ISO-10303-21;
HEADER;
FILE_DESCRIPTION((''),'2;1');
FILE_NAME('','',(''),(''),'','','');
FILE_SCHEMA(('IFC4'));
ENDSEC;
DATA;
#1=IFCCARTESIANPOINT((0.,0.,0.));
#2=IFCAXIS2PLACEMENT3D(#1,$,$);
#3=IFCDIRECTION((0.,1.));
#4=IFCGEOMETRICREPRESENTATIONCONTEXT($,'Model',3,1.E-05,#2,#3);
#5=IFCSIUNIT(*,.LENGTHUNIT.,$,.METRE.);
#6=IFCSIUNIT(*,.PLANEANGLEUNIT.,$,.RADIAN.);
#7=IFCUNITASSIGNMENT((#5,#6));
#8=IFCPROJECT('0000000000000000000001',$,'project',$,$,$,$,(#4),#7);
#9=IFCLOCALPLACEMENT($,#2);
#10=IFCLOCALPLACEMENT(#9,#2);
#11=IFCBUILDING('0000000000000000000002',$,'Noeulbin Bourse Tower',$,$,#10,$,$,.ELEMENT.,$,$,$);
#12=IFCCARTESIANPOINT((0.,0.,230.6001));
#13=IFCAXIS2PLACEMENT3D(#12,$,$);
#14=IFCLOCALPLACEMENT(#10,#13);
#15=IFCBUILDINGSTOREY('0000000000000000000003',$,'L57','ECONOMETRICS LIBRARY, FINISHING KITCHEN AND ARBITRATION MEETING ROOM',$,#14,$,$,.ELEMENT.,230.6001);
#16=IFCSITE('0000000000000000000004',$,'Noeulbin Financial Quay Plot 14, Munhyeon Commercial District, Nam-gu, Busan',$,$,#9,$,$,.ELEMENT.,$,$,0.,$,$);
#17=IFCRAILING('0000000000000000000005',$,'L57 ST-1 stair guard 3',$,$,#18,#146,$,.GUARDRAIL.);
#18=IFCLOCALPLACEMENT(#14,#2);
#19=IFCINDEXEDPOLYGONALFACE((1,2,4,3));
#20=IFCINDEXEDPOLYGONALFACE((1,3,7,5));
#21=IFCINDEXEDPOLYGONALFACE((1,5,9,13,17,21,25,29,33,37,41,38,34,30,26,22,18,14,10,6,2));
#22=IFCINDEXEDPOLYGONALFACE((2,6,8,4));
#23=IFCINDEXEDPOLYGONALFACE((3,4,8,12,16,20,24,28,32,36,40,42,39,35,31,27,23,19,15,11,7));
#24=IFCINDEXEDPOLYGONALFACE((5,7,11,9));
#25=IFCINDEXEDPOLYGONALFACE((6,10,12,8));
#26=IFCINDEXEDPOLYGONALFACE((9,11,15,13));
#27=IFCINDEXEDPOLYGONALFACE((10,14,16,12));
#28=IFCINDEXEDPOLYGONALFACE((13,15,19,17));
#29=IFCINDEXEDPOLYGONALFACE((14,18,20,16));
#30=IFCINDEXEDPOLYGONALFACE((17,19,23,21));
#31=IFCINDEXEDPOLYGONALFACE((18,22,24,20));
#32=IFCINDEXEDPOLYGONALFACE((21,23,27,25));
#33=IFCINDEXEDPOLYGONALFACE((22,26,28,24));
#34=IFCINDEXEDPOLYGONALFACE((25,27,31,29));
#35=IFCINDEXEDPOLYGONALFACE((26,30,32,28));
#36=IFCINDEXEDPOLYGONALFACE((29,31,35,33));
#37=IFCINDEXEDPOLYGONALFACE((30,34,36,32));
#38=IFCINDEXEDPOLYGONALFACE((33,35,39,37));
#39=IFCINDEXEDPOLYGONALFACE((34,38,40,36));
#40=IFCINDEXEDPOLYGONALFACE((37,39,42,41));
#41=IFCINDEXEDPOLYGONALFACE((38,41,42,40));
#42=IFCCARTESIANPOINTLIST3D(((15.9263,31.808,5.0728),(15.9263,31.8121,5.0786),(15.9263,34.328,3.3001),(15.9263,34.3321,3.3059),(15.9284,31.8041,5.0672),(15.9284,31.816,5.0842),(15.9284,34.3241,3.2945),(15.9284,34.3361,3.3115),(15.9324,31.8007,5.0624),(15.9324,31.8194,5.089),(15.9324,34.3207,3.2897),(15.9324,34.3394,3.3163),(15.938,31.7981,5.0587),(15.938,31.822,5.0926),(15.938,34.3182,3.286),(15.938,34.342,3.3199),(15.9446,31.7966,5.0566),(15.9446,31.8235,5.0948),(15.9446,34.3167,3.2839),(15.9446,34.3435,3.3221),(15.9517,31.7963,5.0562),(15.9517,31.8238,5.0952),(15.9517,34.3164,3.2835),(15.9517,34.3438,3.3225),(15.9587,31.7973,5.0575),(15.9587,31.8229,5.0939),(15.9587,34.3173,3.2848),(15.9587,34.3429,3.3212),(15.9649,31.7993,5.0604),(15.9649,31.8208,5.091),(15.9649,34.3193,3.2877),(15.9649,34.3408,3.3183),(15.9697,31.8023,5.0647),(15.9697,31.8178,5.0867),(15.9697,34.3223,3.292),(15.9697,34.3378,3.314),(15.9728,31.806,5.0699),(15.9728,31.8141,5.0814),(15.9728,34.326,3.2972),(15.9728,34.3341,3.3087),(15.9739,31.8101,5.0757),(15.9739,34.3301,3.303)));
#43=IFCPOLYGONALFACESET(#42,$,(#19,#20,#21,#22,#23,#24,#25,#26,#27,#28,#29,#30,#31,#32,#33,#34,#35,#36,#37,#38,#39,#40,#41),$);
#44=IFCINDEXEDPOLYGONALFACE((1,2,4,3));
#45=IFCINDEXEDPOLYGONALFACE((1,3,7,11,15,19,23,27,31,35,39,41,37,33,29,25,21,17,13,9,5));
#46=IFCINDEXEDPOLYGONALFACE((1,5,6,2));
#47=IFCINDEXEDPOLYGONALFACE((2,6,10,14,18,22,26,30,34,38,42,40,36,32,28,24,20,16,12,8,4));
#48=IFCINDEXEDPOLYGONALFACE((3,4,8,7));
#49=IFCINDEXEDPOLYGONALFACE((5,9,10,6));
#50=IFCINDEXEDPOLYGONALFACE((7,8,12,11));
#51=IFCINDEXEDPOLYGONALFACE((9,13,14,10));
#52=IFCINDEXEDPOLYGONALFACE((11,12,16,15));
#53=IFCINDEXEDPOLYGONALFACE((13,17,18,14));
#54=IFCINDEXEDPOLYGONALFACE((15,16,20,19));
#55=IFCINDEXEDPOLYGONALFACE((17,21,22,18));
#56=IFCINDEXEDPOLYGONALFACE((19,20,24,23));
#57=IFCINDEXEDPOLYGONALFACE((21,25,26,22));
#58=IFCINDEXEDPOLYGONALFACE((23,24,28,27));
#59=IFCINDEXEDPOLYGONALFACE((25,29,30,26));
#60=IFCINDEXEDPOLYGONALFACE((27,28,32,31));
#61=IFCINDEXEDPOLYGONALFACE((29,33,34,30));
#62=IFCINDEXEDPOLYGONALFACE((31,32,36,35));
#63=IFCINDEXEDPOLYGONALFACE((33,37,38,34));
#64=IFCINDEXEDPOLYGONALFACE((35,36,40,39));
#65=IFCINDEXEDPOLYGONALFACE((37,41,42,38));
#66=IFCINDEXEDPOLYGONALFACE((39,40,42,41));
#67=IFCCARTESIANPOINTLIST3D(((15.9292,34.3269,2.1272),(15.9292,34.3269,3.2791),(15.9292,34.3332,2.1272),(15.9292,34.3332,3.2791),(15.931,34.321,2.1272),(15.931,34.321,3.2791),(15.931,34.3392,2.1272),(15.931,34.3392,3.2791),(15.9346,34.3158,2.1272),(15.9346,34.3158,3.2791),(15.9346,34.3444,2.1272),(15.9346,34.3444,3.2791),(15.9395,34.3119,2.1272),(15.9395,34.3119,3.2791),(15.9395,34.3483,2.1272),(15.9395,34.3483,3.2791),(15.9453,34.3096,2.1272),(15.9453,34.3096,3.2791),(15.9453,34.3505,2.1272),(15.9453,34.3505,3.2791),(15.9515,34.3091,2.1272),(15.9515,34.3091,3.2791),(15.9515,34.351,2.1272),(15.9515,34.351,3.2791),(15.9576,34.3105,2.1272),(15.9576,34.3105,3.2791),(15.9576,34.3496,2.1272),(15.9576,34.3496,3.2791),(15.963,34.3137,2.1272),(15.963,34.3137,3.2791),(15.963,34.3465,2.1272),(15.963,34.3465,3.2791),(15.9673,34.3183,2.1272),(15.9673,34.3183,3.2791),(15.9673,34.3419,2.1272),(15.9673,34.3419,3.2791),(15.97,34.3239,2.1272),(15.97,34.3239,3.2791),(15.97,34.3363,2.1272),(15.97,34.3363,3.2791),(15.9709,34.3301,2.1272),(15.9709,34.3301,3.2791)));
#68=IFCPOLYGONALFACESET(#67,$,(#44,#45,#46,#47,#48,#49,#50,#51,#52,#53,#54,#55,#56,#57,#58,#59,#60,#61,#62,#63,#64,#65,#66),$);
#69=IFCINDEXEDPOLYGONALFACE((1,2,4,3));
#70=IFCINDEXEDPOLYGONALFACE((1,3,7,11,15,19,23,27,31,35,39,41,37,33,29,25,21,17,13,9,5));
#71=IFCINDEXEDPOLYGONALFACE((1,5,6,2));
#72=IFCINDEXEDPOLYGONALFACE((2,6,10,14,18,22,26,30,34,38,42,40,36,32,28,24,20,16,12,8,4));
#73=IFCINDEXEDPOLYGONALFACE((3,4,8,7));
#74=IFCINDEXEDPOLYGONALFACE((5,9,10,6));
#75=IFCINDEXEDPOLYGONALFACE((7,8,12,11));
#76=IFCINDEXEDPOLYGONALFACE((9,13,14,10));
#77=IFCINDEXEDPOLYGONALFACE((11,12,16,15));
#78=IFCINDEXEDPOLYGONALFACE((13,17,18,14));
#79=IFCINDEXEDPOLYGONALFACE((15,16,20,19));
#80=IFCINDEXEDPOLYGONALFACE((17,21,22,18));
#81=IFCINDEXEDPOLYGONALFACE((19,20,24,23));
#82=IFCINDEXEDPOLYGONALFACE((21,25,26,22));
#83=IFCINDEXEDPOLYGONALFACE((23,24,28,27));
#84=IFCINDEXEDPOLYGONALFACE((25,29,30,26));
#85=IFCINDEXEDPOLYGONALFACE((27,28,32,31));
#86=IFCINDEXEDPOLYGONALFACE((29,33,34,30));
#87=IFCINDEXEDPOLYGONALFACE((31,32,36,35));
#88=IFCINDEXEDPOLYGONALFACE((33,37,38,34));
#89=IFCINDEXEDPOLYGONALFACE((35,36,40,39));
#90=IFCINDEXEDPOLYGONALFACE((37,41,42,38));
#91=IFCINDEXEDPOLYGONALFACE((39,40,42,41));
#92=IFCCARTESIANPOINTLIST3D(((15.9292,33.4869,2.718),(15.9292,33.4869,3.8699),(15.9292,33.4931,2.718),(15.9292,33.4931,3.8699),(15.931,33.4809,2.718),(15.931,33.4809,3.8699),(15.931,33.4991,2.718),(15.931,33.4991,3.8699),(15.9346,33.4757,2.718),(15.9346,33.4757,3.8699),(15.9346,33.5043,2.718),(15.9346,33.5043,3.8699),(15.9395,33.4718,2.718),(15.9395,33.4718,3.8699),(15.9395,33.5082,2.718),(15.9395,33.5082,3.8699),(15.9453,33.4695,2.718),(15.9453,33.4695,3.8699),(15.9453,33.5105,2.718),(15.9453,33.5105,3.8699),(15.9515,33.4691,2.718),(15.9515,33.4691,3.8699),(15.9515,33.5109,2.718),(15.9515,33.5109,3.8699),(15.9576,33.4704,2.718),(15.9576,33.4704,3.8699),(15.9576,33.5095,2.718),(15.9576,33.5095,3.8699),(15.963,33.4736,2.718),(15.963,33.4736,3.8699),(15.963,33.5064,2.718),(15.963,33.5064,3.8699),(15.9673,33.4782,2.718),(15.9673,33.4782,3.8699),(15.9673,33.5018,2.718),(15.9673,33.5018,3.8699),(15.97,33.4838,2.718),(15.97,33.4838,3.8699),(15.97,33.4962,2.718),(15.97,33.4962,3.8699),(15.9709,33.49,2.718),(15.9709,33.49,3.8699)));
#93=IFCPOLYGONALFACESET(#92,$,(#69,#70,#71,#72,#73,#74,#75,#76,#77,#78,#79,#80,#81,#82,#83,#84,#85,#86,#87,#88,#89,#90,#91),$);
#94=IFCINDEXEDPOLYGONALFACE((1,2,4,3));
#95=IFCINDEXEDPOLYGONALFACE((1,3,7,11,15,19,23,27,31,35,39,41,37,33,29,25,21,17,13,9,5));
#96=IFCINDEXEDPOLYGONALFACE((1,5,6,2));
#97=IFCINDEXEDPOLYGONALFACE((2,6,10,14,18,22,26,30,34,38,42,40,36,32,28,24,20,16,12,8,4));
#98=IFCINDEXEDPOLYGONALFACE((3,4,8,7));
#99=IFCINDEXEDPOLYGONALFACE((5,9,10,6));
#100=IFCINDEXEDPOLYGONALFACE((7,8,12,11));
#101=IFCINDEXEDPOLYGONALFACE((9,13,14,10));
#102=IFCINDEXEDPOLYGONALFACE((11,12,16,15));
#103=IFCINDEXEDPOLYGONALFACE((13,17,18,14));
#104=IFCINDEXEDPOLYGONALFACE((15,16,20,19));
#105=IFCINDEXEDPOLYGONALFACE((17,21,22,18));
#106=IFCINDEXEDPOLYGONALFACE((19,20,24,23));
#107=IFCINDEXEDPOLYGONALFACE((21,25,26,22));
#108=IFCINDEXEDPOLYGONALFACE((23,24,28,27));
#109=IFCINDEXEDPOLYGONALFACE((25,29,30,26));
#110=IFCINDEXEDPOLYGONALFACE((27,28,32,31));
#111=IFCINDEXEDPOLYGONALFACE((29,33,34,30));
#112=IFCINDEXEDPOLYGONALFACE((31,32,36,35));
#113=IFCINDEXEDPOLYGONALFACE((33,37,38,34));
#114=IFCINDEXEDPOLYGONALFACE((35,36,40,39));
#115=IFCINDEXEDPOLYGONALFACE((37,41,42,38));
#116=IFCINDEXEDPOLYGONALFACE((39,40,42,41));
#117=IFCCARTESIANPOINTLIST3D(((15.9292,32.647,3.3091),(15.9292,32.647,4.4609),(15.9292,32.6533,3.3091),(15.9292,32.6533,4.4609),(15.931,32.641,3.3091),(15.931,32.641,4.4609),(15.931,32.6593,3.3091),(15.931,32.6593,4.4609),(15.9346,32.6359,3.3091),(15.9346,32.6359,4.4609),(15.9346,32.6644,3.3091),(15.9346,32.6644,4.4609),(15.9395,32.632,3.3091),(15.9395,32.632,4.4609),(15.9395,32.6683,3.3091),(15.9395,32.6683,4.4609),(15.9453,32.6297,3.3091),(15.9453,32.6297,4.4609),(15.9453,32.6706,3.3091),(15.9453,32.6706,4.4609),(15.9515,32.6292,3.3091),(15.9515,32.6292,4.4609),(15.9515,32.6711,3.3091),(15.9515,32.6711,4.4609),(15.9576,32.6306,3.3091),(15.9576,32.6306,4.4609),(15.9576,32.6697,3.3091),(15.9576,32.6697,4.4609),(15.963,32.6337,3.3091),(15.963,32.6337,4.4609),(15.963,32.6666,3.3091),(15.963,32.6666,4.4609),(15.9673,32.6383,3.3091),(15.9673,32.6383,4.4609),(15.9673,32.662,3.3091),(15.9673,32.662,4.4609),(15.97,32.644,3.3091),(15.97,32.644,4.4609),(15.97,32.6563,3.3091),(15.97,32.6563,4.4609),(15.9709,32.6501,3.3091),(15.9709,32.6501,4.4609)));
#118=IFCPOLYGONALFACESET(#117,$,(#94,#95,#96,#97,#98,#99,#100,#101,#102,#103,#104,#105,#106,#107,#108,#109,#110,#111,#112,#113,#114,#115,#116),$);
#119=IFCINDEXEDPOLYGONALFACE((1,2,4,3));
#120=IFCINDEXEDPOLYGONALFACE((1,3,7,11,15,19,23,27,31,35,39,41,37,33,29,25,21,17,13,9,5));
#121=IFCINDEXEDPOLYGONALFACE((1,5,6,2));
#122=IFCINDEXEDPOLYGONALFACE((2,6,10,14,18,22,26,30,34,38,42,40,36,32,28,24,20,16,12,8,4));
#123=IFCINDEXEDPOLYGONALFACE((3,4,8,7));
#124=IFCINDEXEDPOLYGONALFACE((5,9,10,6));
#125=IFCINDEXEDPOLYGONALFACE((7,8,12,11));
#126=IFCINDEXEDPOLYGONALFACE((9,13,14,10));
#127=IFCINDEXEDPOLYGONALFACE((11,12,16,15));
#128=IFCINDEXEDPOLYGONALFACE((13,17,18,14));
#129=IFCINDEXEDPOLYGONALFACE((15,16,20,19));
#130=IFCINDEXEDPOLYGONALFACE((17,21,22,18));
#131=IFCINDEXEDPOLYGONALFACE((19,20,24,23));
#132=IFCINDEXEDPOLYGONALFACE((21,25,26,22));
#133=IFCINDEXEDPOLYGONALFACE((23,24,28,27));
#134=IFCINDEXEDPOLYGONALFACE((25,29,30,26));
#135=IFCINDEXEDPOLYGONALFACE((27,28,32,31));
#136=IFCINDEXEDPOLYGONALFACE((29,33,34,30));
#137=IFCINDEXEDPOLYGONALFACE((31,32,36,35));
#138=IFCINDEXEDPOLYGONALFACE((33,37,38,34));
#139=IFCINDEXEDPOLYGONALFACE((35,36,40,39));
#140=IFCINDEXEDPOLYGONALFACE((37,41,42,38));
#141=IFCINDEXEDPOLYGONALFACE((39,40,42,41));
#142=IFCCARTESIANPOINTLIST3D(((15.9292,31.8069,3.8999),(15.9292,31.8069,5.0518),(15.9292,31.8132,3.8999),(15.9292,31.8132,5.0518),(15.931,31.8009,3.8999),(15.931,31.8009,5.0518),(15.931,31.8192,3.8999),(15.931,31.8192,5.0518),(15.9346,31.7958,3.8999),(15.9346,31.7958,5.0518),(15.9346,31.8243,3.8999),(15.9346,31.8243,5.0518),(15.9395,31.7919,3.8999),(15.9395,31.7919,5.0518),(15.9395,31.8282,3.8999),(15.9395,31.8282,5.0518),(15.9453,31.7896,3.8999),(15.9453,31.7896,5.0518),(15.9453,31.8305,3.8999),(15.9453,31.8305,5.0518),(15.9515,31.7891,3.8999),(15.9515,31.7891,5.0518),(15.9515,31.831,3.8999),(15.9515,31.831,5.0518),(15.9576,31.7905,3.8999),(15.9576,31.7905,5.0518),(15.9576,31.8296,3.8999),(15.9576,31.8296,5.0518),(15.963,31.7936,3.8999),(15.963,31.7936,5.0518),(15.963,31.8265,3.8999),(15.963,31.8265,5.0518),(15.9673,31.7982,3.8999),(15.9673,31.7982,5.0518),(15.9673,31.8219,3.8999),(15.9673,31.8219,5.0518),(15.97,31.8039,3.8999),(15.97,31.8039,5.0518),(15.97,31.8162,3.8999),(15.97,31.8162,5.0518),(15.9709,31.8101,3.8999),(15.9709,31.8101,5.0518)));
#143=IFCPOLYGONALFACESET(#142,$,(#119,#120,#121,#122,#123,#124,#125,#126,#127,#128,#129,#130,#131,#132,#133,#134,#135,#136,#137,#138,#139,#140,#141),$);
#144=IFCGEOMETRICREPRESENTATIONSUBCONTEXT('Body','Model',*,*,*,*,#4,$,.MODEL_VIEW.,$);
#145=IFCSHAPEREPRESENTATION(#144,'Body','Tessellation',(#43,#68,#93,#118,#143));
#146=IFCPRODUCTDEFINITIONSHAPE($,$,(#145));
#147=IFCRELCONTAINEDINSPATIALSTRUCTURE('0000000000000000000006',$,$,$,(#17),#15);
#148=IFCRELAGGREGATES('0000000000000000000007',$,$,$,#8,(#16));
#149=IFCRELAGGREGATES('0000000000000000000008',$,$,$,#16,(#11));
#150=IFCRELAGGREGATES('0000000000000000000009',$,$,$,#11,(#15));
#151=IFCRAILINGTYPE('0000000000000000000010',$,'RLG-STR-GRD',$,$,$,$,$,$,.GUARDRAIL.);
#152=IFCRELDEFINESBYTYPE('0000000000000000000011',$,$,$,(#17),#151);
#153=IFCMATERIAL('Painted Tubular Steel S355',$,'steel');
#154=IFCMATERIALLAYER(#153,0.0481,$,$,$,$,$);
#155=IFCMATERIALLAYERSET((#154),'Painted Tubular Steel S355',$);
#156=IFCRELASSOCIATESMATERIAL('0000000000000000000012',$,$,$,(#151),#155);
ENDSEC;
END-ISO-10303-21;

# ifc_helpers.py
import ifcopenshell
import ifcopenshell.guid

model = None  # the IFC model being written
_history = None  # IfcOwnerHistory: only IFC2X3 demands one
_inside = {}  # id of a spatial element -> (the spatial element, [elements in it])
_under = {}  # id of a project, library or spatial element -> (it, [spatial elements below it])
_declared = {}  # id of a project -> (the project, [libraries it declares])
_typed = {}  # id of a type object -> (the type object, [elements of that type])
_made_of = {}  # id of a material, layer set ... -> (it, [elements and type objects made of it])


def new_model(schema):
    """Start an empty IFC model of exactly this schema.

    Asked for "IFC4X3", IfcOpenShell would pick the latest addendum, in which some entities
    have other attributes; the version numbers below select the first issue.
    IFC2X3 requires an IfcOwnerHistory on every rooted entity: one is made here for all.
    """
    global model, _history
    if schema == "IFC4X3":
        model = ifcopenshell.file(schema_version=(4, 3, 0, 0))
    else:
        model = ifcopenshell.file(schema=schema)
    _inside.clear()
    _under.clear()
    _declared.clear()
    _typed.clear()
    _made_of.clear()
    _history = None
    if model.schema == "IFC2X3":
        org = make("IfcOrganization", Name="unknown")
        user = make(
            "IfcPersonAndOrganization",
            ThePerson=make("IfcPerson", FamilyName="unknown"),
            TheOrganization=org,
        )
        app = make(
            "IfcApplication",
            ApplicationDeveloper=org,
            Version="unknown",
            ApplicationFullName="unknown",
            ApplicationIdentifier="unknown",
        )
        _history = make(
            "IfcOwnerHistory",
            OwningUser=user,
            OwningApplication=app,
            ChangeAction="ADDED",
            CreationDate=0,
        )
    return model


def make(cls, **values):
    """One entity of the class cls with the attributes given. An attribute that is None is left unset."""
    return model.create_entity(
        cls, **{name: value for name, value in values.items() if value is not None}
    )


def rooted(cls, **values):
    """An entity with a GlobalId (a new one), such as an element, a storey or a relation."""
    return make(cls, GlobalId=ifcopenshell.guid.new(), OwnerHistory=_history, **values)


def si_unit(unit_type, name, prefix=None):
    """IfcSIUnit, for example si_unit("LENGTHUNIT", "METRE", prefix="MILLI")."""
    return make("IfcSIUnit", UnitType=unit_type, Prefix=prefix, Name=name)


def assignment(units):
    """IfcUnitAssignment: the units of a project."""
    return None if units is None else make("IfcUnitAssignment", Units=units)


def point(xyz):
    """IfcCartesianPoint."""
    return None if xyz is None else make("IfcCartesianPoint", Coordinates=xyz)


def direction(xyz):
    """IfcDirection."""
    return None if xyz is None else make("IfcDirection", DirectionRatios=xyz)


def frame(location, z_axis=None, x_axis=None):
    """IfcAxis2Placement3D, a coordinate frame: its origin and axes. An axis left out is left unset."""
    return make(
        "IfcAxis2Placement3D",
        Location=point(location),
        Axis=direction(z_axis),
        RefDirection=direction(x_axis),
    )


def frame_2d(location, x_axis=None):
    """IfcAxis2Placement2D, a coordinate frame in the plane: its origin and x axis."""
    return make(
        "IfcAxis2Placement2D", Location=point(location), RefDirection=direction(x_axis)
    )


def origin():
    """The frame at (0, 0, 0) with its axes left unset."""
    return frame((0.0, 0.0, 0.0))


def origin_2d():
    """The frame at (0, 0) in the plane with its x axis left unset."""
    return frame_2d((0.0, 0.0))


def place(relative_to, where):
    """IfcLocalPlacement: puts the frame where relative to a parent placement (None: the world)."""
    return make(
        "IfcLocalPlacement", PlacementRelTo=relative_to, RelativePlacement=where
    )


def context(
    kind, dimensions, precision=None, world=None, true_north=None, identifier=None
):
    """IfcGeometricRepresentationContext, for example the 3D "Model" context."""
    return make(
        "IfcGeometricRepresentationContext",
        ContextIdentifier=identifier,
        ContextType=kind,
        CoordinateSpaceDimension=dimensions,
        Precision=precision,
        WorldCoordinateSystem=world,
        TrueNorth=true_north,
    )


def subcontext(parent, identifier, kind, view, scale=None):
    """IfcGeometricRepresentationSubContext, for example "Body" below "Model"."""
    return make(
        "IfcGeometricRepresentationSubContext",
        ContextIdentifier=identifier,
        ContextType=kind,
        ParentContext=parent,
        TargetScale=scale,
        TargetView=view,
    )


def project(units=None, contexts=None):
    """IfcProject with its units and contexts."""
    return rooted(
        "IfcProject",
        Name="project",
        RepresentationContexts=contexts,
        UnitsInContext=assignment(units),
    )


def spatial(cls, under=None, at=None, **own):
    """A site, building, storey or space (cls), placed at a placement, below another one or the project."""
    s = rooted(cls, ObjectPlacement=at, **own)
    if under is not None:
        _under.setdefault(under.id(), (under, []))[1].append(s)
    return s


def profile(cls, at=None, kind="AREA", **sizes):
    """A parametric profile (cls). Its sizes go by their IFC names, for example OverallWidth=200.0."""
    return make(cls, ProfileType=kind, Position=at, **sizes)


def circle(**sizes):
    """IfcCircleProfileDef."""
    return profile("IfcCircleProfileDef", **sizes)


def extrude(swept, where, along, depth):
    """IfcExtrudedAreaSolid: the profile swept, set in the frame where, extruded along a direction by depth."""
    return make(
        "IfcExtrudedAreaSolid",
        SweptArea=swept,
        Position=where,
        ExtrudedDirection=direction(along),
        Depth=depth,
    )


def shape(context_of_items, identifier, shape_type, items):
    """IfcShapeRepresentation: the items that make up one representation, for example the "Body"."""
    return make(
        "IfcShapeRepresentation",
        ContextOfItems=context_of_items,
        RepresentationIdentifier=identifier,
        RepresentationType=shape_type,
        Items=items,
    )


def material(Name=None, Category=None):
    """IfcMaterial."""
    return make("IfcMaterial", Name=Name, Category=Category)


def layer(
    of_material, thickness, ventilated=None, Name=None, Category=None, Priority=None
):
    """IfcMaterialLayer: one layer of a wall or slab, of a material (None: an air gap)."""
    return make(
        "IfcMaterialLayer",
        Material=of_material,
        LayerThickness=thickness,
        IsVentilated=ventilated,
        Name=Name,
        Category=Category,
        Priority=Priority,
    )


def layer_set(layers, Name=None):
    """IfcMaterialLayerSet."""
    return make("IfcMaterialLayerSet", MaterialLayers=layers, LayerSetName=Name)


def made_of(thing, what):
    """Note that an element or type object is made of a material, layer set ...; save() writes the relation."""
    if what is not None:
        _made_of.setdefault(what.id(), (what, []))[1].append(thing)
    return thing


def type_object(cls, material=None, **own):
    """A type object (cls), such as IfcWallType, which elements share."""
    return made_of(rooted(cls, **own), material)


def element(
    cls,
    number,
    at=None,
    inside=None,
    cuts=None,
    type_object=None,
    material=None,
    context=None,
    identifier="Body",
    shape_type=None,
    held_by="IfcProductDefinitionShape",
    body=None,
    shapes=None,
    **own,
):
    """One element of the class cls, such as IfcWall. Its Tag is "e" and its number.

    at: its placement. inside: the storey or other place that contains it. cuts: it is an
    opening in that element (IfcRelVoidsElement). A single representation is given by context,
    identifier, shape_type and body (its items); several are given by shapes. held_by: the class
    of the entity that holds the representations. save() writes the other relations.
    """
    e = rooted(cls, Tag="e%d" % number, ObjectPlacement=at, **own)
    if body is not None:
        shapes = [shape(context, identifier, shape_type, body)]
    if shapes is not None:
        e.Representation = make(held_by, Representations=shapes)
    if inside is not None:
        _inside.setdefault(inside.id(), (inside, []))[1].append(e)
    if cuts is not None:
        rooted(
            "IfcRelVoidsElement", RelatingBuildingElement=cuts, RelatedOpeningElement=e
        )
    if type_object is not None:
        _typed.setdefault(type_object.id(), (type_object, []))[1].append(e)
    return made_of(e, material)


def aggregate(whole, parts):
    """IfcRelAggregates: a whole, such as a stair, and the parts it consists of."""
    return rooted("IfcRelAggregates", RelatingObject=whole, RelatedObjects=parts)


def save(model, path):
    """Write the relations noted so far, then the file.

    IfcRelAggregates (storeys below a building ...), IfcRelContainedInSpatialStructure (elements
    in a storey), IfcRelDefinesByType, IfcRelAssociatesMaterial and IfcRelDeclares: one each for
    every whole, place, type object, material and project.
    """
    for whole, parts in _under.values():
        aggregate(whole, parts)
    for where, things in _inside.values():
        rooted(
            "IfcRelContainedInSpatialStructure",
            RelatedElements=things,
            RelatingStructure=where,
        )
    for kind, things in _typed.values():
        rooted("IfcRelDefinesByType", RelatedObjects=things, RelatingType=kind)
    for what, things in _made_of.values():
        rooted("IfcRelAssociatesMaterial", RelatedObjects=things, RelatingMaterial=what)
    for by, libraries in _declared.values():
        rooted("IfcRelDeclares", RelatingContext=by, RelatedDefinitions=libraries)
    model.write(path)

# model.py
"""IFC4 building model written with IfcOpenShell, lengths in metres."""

from ifc_helpers import new_model, si_unit, direction, frame, origin, origin_2d, place, context, subcontext, project, spatial, circle, extrude, material, layer, layer_set, type_object, element, save


model = new_model("IFC4")

# Units and contexts
model_context = context("Model", 3, precision=1e-05, world=origin(), true_north=direction((0.0, 1.0)))
body_context = subcontext(model_context, "Body", "Model", "MODEL_VIEW")
ifc_project = project(units=[si_unit("LENGTHUNIT", "METRE"), si_unit("PLANEANGLEUNIT", "RADIAN")], contexts=[model_context])

# Site, building, storey
site_placement = place(None, origin())
site = spatial("IfcSite", under=ifc_project, at=site_placement, Name="Noeulbin Financial Quay Plot 14, Munhyeon Commercial District, Nam-gu, Busan", CompositionType="ELEMENT", RefElevation=0.0)
building_placement = place(site_placement, origin())
building = spatial("IfcBuilding", under=site, at=building_placement, Name="Noeulbin Bourse Tower", CompositionType="ELEMENT")
storey_placement = place(building_placement, frame((0.0, 0.0, 230.6001)))
storey = spatial("IfcBuildingStorey", under=building, at=storey_placement, Name="L57", Description="ECONOMETRICS LIBRARY, FINISHING KITCHEN AND ARBITRATION MEETING ROOM", CompositionType="ELEMENT", Elevation=230.6001)

# Railing
ifc_material_1 = material(Name="Painted Tubular Steel S355", Category="steel")
ifc_layer_1 = layer(ifc_material_1, 0.0481)
ifc_layer_set_1 = layer_set([ifc_layer_1], Name="Painted Tubular Steel S355")
railing_type_1 = type_object("IfcRailingType", Name="RLG-STR-GRD", PredefinedType="GUARDRAIL", material=ifc_layer_set_1)
railing_1_placement = place(storey_placement, frame((15.95, 34.3301, 2.1272)))
element("IfcRailing", 1, at=railing_1_placement, inside=storey, type_object=railing_type_1, Name="L57 ST-1 stair guard 3", PredefinedType="GUARDRAIL", context=body_context, shape_type="SweptSolid", body=[
    extrude(circle(Radius=0.0239, at=origin_2d()), frame((0.0, 0.0, 1.1758), z_axis=(0.0, -0.817904, 0.575354), x_axis=(1.0, 0.0, 0.0)), (0.0, 0.0, 1.0), 3.0811),
    extrude(circle(Radius=0.021, at=origin_2d()), origin(), (0.0, 0.0, 1.0), 1.1519),
    extrude(circle(Radius=0.021, at=origin_2d()), frame((0.0, -0.8401, 0.5908)), (0.0, 0.0, 1.0), 1.1519),
    extrude(circle(Radius=0.021, at=origin_2d()), frame((0.0, -1.6799, 1.1819)), (0.0, 0.0, 1.0), 1.1519),
    extrude(circle(Radius=0.021, at=origin_2d()), frame((0.0, -2.52, 1.7727)), (0.0, 0.0, 1.0), 1.1519),
])

save(model, "model.ifc")
